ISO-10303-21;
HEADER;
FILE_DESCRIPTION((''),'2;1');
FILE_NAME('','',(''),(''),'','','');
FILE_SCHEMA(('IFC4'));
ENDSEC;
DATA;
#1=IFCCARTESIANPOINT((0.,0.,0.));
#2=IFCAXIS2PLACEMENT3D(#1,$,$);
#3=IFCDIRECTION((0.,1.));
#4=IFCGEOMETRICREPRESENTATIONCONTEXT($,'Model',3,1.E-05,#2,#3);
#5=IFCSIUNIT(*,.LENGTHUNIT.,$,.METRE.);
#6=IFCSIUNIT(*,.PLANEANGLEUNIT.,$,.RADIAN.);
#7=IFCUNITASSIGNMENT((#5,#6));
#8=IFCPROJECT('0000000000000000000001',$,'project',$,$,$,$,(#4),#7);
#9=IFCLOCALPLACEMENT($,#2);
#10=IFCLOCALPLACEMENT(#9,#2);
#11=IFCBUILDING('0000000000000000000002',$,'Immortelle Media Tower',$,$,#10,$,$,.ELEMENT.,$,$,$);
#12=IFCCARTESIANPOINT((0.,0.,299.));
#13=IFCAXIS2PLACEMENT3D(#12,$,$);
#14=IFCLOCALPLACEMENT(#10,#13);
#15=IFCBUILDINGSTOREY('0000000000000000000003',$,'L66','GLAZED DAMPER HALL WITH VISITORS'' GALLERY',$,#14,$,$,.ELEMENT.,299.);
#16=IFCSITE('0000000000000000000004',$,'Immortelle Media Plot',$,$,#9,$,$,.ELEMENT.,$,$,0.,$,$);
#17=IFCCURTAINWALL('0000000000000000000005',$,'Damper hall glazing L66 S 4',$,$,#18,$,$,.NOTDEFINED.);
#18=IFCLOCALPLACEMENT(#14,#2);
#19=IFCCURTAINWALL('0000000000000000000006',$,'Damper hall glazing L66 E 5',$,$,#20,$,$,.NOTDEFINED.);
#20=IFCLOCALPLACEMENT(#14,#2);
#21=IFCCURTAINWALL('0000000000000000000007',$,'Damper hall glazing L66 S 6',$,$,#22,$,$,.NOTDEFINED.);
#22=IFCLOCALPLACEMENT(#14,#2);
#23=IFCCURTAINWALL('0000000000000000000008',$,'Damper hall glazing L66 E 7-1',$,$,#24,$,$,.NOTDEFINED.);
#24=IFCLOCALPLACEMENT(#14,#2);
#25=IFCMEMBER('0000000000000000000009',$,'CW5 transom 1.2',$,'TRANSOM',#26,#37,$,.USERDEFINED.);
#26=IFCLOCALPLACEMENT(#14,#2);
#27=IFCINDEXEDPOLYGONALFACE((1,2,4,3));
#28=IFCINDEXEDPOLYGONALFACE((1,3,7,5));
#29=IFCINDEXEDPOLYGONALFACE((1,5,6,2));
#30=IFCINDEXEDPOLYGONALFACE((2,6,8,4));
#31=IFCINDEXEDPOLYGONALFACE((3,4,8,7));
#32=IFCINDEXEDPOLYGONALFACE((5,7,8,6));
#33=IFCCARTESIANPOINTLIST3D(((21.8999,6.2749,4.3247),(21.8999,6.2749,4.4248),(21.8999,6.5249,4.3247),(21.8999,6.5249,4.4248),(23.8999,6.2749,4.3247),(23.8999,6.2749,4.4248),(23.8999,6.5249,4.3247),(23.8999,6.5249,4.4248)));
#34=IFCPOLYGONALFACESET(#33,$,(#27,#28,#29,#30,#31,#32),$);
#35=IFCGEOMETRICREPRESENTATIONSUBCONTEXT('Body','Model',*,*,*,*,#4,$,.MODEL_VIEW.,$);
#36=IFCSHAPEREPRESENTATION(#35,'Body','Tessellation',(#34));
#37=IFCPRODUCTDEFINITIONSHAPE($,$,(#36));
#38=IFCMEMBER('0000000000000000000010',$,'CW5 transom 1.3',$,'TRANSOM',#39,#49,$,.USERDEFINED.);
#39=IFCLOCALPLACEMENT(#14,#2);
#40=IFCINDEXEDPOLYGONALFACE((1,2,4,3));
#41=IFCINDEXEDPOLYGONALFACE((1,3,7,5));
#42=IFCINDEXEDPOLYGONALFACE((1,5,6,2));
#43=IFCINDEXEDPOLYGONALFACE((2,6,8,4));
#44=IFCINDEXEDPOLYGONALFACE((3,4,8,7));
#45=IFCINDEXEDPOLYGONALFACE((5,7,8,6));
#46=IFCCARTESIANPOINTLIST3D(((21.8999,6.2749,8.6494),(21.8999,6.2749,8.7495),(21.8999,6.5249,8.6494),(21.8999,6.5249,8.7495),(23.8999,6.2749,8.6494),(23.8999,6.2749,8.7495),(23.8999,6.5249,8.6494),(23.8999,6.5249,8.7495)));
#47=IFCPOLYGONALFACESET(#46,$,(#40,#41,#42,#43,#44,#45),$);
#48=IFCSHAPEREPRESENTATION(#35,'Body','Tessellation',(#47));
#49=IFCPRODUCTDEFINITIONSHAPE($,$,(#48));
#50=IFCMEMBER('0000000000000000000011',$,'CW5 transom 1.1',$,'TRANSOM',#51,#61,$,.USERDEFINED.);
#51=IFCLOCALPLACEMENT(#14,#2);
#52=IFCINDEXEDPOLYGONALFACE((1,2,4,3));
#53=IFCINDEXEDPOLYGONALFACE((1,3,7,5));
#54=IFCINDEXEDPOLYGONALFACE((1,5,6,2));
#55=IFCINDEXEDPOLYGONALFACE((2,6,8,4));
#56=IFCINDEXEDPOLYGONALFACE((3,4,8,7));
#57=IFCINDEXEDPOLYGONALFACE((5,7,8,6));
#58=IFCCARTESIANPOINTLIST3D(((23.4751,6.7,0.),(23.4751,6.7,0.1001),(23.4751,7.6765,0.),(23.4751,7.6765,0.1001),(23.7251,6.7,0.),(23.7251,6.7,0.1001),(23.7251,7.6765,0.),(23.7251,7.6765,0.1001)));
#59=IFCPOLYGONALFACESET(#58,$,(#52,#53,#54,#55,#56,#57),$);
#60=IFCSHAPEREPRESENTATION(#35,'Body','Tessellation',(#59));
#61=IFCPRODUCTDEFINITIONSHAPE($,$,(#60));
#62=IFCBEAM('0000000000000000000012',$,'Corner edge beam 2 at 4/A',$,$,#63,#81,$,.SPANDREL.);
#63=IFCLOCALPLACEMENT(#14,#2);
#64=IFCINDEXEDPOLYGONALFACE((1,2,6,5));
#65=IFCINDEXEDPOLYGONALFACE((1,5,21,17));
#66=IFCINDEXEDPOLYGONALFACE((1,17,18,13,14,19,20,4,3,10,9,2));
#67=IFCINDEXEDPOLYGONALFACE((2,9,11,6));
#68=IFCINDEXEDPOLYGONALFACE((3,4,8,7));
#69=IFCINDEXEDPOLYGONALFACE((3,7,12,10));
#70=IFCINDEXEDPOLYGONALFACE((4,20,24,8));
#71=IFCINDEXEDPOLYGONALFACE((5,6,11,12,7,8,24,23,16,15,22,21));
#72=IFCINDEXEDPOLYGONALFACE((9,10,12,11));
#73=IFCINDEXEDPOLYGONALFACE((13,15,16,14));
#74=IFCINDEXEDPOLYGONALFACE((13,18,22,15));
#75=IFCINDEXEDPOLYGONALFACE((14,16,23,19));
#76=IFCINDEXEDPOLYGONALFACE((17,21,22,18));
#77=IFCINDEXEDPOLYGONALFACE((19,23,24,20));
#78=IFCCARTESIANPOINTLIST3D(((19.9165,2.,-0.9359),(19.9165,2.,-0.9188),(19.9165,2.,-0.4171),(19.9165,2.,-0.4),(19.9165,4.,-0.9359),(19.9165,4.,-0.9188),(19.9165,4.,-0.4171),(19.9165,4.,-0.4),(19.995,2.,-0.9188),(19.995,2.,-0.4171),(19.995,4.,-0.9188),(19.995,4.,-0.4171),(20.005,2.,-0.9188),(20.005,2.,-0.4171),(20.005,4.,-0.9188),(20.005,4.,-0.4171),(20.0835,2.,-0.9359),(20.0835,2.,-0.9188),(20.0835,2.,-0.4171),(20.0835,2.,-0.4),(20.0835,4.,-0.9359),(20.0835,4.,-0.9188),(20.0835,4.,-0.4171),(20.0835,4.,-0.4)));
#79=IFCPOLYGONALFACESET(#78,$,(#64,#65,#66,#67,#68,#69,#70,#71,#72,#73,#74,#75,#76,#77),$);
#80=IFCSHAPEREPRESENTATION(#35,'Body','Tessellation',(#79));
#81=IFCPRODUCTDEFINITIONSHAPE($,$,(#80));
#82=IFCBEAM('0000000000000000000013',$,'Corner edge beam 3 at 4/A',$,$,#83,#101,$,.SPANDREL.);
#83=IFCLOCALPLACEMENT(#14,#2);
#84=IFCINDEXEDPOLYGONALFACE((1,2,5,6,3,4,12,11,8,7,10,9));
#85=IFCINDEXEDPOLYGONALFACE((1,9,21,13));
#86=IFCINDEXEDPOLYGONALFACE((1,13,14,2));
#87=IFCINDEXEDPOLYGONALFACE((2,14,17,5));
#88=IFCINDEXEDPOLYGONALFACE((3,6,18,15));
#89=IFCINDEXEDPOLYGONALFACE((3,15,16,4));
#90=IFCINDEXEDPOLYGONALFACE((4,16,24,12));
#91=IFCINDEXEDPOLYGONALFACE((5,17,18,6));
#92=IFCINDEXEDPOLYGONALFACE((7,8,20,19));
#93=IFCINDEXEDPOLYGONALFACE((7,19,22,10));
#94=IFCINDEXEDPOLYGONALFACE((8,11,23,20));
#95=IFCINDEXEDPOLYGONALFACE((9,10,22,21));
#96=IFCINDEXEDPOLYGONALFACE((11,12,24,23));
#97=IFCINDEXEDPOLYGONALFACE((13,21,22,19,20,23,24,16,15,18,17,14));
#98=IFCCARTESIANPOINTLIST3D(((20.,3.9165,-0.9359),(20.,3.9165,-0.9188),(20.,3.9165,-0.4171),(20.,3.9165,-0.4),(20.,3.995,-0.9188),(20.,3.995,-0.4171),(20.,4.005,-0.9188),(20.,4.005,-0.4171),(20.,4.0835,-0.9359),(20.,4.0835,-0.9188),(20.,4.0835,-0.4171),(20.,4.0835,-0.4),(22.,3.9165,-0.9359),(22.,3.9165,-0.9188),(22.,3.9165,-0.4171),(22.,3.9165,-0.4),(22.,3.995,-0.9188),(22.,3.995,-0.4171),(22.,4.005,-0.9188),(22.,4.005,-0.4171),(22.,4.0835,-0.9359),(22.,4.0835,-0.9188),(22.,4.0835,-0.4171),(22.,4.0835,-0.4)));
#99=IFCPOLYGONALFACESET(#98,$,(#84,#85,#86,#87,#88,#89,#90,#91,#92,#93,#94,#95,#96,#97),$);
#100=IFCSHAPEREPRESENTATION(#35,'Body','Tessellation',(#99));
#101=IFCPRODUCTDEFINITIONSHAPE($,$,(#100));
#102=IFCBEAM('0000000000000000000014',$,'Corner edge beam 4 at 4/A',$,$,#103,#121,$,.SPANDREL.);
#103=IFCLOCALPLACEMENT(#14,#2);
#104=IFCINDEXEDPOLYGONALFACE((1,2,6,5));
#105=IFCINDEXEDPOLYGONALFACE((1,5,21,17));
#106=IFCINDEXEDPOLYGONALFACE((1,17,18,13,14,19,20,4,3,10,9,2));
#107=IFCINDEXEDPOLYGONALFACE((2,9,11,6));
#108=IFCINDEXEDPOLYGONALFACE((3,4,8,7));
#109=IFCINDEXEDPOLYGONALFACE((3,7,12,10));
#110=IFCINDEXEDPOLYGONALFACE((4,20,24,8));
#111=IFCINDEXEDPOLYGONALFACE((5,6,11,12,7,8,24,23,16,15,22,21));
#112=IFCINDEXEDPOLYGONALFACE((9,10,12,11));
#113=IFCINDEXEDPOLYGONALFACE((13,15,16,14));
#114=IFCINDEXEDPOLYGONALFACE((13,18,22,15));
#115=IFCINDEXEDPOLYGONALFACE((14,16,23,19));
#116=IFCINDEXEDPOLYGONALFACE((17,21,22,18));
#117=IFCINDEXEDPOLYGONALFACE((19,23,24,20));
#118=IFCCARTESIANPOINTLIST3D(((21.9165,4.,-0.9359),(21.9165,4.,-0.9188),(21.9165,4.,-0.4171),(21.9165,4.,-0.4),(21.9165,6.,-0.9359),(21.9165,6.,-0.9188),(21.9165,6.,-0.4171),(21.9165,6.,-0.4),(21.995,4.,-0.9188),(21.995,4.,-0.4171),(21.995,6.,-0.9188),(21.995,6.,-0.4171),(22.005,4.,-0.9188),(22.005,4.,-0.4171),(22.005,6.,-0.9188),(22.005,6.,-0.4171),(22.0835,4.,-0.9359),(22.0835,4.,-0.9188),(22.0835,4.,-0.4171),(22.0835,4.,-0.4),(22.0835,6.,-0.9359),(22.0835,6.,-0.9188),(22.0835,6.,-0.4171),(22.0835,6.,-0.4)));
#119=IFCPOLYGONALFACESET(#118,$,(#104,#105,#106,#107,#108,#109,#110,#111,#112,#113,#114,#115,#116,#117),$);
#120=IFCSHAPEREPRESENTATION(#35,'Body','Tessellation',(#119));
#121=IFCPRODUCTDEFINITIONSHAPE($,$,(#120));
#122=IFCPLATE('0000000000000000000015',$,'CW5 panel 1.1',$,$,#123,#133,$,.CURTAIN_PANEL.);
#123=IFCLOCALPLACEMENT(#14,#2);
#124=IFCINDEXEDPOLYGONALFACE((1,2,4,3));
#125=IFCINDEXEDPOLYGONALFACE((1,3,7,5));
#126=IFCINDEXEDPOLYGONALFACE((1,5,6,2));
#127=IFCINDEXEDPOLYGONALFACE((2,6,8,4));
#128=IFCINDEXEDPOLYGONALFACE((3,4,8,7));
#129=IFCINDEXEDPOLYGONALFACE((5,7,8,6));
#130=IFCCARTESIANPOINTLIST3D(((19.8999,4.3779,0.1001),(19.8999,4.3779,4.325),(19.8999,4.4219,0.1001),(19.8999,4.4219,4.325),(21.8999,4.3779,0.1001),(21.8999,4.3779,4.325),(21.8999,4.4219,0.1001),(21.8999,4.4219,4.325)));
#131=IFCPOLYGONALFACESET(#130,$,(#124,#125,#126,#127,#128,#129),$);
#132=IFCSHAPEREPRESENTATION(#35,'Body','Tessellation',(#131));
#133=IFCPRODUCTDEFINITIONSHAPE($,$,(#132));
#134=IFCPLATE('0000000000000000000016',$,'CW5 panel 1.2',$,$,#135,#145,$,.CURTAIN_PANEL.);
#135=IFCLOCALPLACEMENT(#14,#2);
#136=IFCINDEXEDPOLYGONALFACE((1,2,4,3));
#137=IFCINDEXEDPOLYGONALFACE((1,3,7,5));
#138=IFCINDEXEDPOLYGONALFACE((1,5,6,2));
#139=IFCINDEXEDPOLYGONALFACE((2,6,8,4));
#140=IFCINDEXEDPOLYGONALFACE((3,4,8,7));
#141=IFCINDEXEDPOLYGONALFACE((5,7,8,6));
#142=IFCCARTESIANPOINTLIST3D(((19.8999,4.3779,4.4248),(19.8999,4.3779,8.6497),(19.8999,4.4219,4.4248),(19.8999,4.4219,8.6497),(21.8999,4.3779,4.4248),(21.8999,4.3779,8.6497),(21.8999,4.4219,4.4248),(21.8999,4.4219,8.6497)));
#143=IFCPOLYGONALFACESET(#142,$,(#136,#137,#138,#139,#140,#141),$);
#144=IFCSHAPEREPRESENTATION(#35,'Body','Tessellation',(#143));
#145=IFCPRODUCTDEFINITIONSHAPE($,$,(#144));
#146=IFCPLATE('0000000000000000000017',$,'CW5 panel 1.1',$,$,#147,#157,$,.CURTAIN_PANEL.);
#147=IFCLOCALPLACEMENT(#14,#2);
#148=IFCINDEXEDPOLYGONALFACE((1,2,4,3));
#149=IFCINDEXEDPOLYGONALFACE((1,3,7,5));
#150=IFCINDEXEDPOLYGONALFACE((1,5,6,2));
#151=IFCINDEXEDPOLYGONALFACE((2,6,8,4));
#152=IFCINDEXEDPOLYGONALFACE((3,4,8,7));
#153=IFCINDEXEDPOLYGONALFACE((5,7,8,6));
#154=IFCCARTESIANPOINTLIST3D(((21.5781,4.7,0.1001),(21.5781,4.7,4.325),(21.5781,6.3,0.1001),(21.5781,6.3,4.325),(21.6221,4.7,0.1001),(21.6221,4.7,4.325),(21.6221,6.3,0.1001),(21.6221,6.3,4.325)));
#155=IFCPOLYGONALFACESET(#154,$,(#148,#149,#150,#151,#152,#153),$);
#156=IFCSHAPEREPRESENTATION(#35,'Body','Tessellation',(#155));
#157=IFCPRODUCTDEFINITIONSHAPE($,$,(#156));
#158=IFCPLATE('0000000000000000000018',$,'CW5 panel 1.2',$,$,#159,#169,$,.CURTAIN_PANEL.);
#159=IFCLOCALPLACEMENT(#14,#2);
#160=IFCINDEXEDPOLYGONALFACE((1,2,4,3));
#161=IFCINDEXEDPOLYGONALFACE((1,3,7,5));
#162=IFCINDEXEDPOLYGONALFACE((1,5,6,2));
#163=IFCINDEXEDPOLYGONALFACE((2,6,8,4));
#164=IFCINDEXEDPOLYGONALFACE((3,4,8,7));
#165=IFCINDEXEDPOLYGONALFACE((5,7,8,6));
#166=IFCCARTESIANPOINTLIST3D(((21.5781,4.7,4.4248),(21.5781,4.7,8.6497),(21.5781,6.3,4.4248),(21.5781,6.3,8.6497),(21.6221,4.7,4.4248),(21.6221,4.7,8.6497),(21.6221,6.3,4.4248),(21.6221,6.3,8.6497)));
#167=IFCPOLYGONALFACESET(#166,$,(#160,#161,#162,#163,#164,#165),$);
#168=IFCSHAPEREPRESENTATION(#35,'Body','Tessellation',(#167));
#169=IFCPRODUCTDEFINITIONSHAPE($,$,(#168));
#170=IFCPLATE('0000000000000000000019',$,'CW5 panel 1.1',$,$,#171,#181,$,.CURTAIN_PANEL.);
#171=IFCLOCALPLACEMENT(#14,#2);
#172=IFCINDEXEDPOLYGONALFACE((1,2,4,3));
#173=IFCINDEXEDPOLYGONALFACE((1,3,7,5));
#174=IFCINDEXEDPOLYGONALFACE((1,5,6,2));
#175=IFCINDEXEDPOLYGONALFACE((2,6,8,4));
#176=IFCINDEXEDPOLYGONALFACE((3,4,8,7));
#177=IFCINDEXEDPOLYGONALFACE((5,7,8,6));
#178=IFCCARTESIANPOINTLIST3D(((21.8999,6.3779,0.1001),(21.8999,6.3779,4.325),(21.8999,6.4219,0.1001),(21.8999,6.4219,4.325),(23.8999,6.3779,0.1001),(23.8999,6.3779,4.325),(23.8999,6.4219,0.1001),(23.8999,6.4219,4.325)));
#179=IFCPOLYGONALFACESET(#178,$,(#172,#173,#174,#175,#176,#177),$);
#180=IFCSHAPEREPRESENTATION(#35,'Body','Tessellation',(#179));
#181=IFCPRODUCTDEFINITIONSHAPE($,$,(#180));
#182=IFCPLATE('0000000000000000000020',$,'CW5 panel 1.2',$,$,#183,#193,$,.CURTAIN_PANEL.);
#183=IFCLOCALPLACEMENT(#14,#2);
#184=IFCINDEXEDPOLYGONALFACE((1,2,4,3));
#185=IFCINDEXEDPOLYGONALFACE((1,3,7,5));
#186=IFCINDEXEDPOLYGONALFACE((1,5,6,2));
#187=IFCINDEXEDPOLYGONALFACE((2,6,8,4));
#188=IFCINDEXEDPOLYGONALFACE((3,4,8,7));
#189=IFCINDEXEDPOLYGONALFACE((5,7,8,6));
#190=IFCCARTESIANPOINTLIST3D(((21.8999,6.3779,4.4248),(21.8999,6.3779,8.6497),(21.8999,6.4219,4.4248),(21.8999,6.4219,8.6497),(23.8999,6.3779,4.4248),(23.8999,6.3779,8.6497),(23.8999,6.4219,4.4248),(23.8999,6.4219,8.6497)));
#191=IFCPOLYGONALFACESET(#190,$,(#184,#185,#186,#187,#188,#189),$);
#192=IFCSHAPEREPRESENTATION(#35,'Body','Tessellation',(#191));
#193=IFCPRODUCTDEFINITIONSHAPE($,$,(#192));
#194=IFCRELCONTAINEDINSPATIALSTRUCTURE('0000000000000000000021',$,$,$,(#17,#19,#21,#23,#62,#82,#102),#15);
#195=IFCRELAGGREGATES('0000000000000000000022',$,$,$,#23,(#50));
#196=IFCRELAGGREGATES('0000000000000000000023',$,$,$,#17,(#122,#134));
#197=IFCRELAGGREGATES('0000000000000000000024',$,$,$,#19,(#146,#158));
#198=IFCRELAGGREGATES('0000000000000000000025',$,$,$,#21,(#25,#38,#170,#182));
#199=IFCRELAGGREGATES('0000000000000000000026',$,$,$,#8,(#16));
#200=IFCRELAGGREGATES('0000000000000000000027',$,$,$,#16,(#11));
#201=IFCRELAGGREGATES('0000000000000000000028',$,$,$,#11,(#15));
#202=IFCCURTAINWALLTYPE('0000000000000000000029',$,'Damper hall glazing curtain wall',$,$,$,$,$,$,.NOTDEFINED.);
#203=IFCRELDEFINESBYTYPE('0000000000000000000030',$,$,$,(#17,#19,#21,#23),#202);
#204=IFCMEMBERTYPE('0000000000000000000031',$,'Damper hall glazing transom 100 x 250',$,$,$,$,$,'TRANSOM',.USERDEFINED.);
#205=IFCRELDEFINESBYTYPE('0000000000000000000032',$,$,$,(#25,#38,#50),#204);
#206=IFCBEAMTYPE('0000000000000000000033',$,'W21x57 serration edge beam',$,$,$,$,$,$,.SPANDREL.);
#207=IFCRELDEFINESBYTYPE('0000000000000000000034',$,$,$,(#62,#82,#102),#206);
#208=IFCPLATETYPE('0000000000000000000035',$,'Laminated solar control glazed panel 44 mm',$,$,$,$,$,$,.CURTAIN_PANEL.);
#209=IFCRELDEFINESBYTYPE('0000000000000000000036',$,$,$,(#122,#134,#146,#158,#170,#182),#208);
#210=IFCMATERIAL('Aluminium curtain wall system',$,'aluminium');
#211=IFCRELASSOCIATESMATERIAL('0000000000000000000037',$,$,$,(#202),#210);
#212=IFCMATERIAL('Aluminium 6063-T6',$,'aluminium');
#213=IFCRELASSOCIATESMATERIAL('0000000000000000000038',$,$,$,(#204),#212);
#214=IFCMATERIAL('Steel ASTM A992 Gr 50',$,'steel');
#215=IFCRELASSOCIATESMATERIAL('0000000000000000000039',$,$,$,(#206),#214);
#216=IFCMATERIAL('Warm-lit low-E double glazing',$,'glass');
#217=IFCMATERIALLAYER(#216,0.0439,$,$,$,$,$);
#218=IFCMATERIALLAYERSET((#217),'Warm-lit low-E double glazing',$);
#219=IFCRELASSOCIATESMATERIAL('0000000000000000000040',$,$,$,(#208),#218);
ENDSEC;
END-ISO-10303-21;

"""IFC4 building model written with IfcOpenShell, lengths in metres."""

from ifc_helpers import new_model, si_unit, direction, frame, origin, origin_2d, place, context, subcontext, project, spatial, rectangle, i_section, extrude, material, layer, layer_set, material_profile, profile_set, type_object, element, aggregate, save


model = new_model("IFC4")

# Units and contexts
model_context = context("Model", 3, precision=1e-05, world=origin(), true_north=direction((0.0, 1.0)))
body_context = subcontext(model_context, "Body", "Model", "MODEL_VIEW")
ifc_project = project(units=[si_unit("LENGTHUNIT", "METRE"), si_unit("PLANEANGLEUNIT", "RADIAN")], contexts=[model_context])

# Site, building, storey
site_placement = place(None, origin())
site = spatial("IfcSite", under=ifc_project, at=site_placement, Name="Immortelle Media Plot", CompositionType="ELEMENT", RefElevation=0.0)
building_placement = place(site_placement, origin())
building = spatial("IfcBuilding", under=site, at=building_placement, Name="Immortelle Media Tower", CompositionType="ELEMENT")
storey_placement = place(building_placement, frame((0.0, 0.0, 299.0)))
storey = spatial("IfcBuildingStorey", under=building, at=storey_placement, Name="L66", Description="GLAZED DAMPER HALL WITH VISITORS' GALLERY", CompositionType="ELEMENT", Elevation=299.0)

# Shared definitions
ifc_material_1 = material(Name="Aluminium curtain wall system", Category="aluminium")
curtain_wall_type = type_object("IfcCurtainWallType", Name="Damper hall glazing curtain wall", PredefinedType="NOTDEFINED", material=ifc_material_1)
ifc_material_2 = material(Name="Aluminium 6063-T6", Category="aluminium")

# Curtain walls
curtain_wall_1_placement = place(storey_placement, origin())
curtain_wall_1 = element("IfcCurtainWall", 1, at=curtain_wall_1_placement, inside=storey, type_object=curtain_wall_type, Name="Damper hall glazing L66 S 4", PredefinedType="NOTDEFINED")
curtain_wall_2_placement = place(storey_placement, origin())
curtain_wall_2 = element("IfcCurtainWall", 2, at=curtain_wall_2_placement, inside=storey, type_object=curtain_wall_type, Name="Damper hall glazing L66 E 5", PredefinedType="NOTDEFINED")

# Curtain wall
curtain_wall_3_placement = place(storey_placement, origin())
curtain_wall_3 = element("IfcCurtainWall", 3, at=curtain_wall_3_placement, inside=storey, type_object=curtain_wall_type, Name="Damper hall glazing L66 S 6", PredefinedType="NOTDEFINED")

# Curtain wall
curtain_wall_4_placement = place(storey_placement, origin())
curtain_wall_4 = element("IfcCurtainWall", 4, at=curtain_wall_4_placement, inside=storey, type_object=curtain_wall_type, Name="Damper hall glazing L66 E 7-1", PredefinedType="NOTDEFINED")

# Members
ifc_material_profile_1 = material_profile(ifc_material_2, rectangle(XDim=0.25, YDim=0.1001, at=origin_2d()), Name="AL 100x250")
ifc_profile_set_1 = profile_set([ifc_material_profile_1], Name="Aluminium 6063-T6")
member_type_1 = type_object("IfcMemberType", Name="Damper hall glazing transom 100 x 250", ElementType="TRANSOM", PredefinedType="USERDEFINED", material=ifc_profile_set_1)
member_1_placement = place(storey_placement, frame((21.8999, 6.3999, 4.3748), z_axis=(1.0, 0.0, 0.0), x_axis=(0.0, 1.0, 0.0)))
member_1 = element("IfcMember", 5, at=member_1_placement, type_object=member_type_1, Name="CW5 transom 1.2", ObjectType="TRANSOM", PredefinedType="USERDEFINED", context=body_context, shape_type="SweptSolid", body=[
    extrude(rectangle(XDim=0.25, YDim=0.1001, at=origin_2d()), origin(), (0.0, 0.0, 1.0), 2.0),
])
member_2_placement = place(storey_placement, frame((21.8999, 6.3999, 8.6995), z_axis=(1.0, 0.0, 0.0), x_axis=(0.0, 1.0, 0.0)))
member_2 = element("IfcMember", 6, at=member_2_placement, type_object=member_type_1, Name="CW5 transom 1.3", ObjectType="TRANSOM", PredefinedType="USERDEFINED", context=body_context, shape_type="SweptSolid", body=[
    extrude(rectangle(XDim=0.25, YDim=0.1001, at=origin_2d()), origin(), (0.0, 0.0, 1.0), 2.0),
])
member_3_placement = place(storey_placement, frame((23.6001, 6.7, 0.05), z_axis=(0.0, 1.0, 0.0), x_axis=(-1.0, 0.0, 0.0)))
member_3 = element("IfcMember", 7, at=member_3_placement, type_object=member_type_1, Name="CW5 transom 1.1", ObjectType="TRANSOM", PredefinedType="USERDEFINED", context=body_context, shape_type="SweptSolid", body=[
    extrude(rectangle(XDim=0.25, YDim=0.1001, at=origin_2d()), origin(), (0.0, 0.0, 1.0), 0.9766),
])
aggregate(curtain_wall_4, [member_3])

# Beams
ifc_material_3 = material(Name="Steel ASTM A992 Gr 50", Category="steel")
ifc_material_profile_2 = material_profile(ifc_material_3, i_section(OverallWidth=0.167, OverallDepth=0.5359, WebThickness=0.01, FlangeThickness=0.0171, at=origin_2d()), Name="W21x57")
ifc_profile_set_2 = profile_set([ifc_material_profile_2], Name="Steel ASTM A992 Gr 50")
beam_type = type_object("IfcBeamType", Name="W21x57 serration edge beam", PredefinedType="SPANDREL", material=ifc_profile_set_2)
for number, where, z_axis, x_axis, name in (
    (8, (20.0, 2.0, -0.668), (0.0, 1.0, 0.0), (-1.0, 0.0, 0.0), "Corner edge beam 2 at 4/A"),
    (9, (20.0, 4.0, -0.668), (1.0, 0.0, 0.0), (0.0, 1.0, 0.0), "Corner edge beam 3 at 4/A"),
    (10, (22.0, 4.0, -0.668), (0.0, 1.0, 0.0), (-1.0, 0.0, 0.0), "Corner edge beam 4 at 4/A"),
):
    element("IfcBeam", number, at=place(storey_placement, frame(where, z_axis=z_axis, x_axis=x_axis)), inside=storey, type_object=beam_type, Name=name, PredefinedType="SPANDREL", context=body_context, shape_type="SweptSolid", body=[
        extrude(i_section(OverallWidth=0.167, OverallDepth=0.5359, WebThickness=0.01, FlangeThickness=0.0171, at=origin_2d()), origin(), (0.0, 0.0, 1.0), 2.0),
    ])

# Plates
ifc_material_4 = material(Name="Warm-lit low-E double glazing", Category="glass")
ifc_layer_1 = layer(ifc_material_4, 0.0439)
ifc_layer_set_1 = layer_set([ifc_layer_1], Name="Warm-lit low-E double glazing")
plate_type = type_object("IfcPlateType", Name="Laminated solar control glazed panel 44 mm", PredefinedType="CURTAIN_PANEL", material=ifc_layer_set_1)
plate_1_placement = place(storey_placement, frame((20.8999, 4.3999, 0.1001), z_axis=(0.0, 0.0, 1.0), x_axis=(1.0, 0.0, 0.0)))
plate_1 = element("IfcPlate", 11, at=plate_1_placement, type_object=plate_type, Name="CW5 panel 1.1", PredefinedType="CURTAIN_PANEL", context=body_context, shape_type="SweptSolid", body=[
    extrude(rectangle(XDim=2.0, YDim=0.0439, at=origin_2d()), origin(), (0.0, 0.0, 1.0), 4.2249),
])
plate_2_placement = place(storey_placement, frame((20.8999, 4.3999, 4.4248), z_axis=(0.0, 0.0, 1.0), x_axis=(1.0, 0.0, 0.0)))
plate_2 = element("IfcPlate", 12, at=plate_2_placement, type_object=plate_type, Name="CW5 panel 1.2", PredefinedType="CURTAIN_PANEL", context=body_context, shape_type="SweptSolid", body=[
    extrude(rectangle(XDim=2.0, YDim=0.0439, at=origin_2d()), origin(), (0.0, 0.0, 1.0), 4.2249),
])
aggregate(curtain_wall_1, [plate_1, plate_2])
plate_3_placement = place(storey_placement, frame((21.6001, 5.5, 0.1001), z_axis=(0.0, 0.0, 1.0), x_axis=(0.0, 1.0, 0.0)))
plate_3 = element("IfcPlate", 13, at=plate_3_placement, type_object=plate_type, Name="CW5 panel 1.1", PredefinedType="CURTAIN_PANEL", context=body_context, shape_type="SweptSolid", body=[
    extrude(rectangle(XDim=1.6001, YDim=0.0439, at=origin_2d()), origin(), (0.0, 0.0, 1.0), 4.2249),
])
plate_4_placement = place(storey_placement, frame((21.6001, 5.5, 4.4248), z_axis=(0.0, 0.0, 1.0), x_axis=(0.0, 1.0, 0.0)))
plate_4 = element("IfcPlate", 14, at=plate_4_placement, type_object=plate_type, Name="CW5 panel 1.2", PredefinedType="CURTAIN_PANEL", context=body_context, shape_type="SweptSolid", body=[
    extrude(rectangle(XDim=1.6001, YDim=0.0439, at=origin_2d()), origin(), (0.0, 0.0, 1.0), 4.2249),
])
aggregate(curtain_wall_2, [plate_3, plate_4])
plate_5_placement = place(storey_placement, frame((22.8999, 6.3999, 0.1001), z_axis=(0.0, 0.0, 1.0), x_axis=(1.0, 0.0, 0.0)))
plate_5 = element("IfcPlate", 15, at=plate_5_placement, type_object=plate_type, Name="CW5 panel 1.1", PredefinedType="CURTAIN_PANEL", context=body_context, shape_type="SweptSolid", body=[
    extrude(rectangle(XDim=2.0, YDim=0.0439, at=origin_2d()), origin(), (0.0, 0.0, 1.0), 4.2249),
])
plate_6_placement = place(storey_placement, frame((22.8999, 6.3999, 4.4248), z_axis=(0.0, 0.0, 1.0), x_axis=(1.0, 0.0, 0.0)))
plate_6 = element("IfcPlate", 16, at=plate_6_placement, type_object=plate_type, Name="CW5 panel 1.2", PredefinedType="CURTAIN_PANEL", context=body_context, shape_type="SweptSolid", body=[
    extrude(rectangle(XDim=2.0, YDim=0.0439, at=origin_2d()), origin(), (0.0, 0.0, 1.0), 4.2249),
])
aggregate(curtain_wall_3, [member_1, member_2, plate_5, plate_6])

save(model, "model.ifc")
